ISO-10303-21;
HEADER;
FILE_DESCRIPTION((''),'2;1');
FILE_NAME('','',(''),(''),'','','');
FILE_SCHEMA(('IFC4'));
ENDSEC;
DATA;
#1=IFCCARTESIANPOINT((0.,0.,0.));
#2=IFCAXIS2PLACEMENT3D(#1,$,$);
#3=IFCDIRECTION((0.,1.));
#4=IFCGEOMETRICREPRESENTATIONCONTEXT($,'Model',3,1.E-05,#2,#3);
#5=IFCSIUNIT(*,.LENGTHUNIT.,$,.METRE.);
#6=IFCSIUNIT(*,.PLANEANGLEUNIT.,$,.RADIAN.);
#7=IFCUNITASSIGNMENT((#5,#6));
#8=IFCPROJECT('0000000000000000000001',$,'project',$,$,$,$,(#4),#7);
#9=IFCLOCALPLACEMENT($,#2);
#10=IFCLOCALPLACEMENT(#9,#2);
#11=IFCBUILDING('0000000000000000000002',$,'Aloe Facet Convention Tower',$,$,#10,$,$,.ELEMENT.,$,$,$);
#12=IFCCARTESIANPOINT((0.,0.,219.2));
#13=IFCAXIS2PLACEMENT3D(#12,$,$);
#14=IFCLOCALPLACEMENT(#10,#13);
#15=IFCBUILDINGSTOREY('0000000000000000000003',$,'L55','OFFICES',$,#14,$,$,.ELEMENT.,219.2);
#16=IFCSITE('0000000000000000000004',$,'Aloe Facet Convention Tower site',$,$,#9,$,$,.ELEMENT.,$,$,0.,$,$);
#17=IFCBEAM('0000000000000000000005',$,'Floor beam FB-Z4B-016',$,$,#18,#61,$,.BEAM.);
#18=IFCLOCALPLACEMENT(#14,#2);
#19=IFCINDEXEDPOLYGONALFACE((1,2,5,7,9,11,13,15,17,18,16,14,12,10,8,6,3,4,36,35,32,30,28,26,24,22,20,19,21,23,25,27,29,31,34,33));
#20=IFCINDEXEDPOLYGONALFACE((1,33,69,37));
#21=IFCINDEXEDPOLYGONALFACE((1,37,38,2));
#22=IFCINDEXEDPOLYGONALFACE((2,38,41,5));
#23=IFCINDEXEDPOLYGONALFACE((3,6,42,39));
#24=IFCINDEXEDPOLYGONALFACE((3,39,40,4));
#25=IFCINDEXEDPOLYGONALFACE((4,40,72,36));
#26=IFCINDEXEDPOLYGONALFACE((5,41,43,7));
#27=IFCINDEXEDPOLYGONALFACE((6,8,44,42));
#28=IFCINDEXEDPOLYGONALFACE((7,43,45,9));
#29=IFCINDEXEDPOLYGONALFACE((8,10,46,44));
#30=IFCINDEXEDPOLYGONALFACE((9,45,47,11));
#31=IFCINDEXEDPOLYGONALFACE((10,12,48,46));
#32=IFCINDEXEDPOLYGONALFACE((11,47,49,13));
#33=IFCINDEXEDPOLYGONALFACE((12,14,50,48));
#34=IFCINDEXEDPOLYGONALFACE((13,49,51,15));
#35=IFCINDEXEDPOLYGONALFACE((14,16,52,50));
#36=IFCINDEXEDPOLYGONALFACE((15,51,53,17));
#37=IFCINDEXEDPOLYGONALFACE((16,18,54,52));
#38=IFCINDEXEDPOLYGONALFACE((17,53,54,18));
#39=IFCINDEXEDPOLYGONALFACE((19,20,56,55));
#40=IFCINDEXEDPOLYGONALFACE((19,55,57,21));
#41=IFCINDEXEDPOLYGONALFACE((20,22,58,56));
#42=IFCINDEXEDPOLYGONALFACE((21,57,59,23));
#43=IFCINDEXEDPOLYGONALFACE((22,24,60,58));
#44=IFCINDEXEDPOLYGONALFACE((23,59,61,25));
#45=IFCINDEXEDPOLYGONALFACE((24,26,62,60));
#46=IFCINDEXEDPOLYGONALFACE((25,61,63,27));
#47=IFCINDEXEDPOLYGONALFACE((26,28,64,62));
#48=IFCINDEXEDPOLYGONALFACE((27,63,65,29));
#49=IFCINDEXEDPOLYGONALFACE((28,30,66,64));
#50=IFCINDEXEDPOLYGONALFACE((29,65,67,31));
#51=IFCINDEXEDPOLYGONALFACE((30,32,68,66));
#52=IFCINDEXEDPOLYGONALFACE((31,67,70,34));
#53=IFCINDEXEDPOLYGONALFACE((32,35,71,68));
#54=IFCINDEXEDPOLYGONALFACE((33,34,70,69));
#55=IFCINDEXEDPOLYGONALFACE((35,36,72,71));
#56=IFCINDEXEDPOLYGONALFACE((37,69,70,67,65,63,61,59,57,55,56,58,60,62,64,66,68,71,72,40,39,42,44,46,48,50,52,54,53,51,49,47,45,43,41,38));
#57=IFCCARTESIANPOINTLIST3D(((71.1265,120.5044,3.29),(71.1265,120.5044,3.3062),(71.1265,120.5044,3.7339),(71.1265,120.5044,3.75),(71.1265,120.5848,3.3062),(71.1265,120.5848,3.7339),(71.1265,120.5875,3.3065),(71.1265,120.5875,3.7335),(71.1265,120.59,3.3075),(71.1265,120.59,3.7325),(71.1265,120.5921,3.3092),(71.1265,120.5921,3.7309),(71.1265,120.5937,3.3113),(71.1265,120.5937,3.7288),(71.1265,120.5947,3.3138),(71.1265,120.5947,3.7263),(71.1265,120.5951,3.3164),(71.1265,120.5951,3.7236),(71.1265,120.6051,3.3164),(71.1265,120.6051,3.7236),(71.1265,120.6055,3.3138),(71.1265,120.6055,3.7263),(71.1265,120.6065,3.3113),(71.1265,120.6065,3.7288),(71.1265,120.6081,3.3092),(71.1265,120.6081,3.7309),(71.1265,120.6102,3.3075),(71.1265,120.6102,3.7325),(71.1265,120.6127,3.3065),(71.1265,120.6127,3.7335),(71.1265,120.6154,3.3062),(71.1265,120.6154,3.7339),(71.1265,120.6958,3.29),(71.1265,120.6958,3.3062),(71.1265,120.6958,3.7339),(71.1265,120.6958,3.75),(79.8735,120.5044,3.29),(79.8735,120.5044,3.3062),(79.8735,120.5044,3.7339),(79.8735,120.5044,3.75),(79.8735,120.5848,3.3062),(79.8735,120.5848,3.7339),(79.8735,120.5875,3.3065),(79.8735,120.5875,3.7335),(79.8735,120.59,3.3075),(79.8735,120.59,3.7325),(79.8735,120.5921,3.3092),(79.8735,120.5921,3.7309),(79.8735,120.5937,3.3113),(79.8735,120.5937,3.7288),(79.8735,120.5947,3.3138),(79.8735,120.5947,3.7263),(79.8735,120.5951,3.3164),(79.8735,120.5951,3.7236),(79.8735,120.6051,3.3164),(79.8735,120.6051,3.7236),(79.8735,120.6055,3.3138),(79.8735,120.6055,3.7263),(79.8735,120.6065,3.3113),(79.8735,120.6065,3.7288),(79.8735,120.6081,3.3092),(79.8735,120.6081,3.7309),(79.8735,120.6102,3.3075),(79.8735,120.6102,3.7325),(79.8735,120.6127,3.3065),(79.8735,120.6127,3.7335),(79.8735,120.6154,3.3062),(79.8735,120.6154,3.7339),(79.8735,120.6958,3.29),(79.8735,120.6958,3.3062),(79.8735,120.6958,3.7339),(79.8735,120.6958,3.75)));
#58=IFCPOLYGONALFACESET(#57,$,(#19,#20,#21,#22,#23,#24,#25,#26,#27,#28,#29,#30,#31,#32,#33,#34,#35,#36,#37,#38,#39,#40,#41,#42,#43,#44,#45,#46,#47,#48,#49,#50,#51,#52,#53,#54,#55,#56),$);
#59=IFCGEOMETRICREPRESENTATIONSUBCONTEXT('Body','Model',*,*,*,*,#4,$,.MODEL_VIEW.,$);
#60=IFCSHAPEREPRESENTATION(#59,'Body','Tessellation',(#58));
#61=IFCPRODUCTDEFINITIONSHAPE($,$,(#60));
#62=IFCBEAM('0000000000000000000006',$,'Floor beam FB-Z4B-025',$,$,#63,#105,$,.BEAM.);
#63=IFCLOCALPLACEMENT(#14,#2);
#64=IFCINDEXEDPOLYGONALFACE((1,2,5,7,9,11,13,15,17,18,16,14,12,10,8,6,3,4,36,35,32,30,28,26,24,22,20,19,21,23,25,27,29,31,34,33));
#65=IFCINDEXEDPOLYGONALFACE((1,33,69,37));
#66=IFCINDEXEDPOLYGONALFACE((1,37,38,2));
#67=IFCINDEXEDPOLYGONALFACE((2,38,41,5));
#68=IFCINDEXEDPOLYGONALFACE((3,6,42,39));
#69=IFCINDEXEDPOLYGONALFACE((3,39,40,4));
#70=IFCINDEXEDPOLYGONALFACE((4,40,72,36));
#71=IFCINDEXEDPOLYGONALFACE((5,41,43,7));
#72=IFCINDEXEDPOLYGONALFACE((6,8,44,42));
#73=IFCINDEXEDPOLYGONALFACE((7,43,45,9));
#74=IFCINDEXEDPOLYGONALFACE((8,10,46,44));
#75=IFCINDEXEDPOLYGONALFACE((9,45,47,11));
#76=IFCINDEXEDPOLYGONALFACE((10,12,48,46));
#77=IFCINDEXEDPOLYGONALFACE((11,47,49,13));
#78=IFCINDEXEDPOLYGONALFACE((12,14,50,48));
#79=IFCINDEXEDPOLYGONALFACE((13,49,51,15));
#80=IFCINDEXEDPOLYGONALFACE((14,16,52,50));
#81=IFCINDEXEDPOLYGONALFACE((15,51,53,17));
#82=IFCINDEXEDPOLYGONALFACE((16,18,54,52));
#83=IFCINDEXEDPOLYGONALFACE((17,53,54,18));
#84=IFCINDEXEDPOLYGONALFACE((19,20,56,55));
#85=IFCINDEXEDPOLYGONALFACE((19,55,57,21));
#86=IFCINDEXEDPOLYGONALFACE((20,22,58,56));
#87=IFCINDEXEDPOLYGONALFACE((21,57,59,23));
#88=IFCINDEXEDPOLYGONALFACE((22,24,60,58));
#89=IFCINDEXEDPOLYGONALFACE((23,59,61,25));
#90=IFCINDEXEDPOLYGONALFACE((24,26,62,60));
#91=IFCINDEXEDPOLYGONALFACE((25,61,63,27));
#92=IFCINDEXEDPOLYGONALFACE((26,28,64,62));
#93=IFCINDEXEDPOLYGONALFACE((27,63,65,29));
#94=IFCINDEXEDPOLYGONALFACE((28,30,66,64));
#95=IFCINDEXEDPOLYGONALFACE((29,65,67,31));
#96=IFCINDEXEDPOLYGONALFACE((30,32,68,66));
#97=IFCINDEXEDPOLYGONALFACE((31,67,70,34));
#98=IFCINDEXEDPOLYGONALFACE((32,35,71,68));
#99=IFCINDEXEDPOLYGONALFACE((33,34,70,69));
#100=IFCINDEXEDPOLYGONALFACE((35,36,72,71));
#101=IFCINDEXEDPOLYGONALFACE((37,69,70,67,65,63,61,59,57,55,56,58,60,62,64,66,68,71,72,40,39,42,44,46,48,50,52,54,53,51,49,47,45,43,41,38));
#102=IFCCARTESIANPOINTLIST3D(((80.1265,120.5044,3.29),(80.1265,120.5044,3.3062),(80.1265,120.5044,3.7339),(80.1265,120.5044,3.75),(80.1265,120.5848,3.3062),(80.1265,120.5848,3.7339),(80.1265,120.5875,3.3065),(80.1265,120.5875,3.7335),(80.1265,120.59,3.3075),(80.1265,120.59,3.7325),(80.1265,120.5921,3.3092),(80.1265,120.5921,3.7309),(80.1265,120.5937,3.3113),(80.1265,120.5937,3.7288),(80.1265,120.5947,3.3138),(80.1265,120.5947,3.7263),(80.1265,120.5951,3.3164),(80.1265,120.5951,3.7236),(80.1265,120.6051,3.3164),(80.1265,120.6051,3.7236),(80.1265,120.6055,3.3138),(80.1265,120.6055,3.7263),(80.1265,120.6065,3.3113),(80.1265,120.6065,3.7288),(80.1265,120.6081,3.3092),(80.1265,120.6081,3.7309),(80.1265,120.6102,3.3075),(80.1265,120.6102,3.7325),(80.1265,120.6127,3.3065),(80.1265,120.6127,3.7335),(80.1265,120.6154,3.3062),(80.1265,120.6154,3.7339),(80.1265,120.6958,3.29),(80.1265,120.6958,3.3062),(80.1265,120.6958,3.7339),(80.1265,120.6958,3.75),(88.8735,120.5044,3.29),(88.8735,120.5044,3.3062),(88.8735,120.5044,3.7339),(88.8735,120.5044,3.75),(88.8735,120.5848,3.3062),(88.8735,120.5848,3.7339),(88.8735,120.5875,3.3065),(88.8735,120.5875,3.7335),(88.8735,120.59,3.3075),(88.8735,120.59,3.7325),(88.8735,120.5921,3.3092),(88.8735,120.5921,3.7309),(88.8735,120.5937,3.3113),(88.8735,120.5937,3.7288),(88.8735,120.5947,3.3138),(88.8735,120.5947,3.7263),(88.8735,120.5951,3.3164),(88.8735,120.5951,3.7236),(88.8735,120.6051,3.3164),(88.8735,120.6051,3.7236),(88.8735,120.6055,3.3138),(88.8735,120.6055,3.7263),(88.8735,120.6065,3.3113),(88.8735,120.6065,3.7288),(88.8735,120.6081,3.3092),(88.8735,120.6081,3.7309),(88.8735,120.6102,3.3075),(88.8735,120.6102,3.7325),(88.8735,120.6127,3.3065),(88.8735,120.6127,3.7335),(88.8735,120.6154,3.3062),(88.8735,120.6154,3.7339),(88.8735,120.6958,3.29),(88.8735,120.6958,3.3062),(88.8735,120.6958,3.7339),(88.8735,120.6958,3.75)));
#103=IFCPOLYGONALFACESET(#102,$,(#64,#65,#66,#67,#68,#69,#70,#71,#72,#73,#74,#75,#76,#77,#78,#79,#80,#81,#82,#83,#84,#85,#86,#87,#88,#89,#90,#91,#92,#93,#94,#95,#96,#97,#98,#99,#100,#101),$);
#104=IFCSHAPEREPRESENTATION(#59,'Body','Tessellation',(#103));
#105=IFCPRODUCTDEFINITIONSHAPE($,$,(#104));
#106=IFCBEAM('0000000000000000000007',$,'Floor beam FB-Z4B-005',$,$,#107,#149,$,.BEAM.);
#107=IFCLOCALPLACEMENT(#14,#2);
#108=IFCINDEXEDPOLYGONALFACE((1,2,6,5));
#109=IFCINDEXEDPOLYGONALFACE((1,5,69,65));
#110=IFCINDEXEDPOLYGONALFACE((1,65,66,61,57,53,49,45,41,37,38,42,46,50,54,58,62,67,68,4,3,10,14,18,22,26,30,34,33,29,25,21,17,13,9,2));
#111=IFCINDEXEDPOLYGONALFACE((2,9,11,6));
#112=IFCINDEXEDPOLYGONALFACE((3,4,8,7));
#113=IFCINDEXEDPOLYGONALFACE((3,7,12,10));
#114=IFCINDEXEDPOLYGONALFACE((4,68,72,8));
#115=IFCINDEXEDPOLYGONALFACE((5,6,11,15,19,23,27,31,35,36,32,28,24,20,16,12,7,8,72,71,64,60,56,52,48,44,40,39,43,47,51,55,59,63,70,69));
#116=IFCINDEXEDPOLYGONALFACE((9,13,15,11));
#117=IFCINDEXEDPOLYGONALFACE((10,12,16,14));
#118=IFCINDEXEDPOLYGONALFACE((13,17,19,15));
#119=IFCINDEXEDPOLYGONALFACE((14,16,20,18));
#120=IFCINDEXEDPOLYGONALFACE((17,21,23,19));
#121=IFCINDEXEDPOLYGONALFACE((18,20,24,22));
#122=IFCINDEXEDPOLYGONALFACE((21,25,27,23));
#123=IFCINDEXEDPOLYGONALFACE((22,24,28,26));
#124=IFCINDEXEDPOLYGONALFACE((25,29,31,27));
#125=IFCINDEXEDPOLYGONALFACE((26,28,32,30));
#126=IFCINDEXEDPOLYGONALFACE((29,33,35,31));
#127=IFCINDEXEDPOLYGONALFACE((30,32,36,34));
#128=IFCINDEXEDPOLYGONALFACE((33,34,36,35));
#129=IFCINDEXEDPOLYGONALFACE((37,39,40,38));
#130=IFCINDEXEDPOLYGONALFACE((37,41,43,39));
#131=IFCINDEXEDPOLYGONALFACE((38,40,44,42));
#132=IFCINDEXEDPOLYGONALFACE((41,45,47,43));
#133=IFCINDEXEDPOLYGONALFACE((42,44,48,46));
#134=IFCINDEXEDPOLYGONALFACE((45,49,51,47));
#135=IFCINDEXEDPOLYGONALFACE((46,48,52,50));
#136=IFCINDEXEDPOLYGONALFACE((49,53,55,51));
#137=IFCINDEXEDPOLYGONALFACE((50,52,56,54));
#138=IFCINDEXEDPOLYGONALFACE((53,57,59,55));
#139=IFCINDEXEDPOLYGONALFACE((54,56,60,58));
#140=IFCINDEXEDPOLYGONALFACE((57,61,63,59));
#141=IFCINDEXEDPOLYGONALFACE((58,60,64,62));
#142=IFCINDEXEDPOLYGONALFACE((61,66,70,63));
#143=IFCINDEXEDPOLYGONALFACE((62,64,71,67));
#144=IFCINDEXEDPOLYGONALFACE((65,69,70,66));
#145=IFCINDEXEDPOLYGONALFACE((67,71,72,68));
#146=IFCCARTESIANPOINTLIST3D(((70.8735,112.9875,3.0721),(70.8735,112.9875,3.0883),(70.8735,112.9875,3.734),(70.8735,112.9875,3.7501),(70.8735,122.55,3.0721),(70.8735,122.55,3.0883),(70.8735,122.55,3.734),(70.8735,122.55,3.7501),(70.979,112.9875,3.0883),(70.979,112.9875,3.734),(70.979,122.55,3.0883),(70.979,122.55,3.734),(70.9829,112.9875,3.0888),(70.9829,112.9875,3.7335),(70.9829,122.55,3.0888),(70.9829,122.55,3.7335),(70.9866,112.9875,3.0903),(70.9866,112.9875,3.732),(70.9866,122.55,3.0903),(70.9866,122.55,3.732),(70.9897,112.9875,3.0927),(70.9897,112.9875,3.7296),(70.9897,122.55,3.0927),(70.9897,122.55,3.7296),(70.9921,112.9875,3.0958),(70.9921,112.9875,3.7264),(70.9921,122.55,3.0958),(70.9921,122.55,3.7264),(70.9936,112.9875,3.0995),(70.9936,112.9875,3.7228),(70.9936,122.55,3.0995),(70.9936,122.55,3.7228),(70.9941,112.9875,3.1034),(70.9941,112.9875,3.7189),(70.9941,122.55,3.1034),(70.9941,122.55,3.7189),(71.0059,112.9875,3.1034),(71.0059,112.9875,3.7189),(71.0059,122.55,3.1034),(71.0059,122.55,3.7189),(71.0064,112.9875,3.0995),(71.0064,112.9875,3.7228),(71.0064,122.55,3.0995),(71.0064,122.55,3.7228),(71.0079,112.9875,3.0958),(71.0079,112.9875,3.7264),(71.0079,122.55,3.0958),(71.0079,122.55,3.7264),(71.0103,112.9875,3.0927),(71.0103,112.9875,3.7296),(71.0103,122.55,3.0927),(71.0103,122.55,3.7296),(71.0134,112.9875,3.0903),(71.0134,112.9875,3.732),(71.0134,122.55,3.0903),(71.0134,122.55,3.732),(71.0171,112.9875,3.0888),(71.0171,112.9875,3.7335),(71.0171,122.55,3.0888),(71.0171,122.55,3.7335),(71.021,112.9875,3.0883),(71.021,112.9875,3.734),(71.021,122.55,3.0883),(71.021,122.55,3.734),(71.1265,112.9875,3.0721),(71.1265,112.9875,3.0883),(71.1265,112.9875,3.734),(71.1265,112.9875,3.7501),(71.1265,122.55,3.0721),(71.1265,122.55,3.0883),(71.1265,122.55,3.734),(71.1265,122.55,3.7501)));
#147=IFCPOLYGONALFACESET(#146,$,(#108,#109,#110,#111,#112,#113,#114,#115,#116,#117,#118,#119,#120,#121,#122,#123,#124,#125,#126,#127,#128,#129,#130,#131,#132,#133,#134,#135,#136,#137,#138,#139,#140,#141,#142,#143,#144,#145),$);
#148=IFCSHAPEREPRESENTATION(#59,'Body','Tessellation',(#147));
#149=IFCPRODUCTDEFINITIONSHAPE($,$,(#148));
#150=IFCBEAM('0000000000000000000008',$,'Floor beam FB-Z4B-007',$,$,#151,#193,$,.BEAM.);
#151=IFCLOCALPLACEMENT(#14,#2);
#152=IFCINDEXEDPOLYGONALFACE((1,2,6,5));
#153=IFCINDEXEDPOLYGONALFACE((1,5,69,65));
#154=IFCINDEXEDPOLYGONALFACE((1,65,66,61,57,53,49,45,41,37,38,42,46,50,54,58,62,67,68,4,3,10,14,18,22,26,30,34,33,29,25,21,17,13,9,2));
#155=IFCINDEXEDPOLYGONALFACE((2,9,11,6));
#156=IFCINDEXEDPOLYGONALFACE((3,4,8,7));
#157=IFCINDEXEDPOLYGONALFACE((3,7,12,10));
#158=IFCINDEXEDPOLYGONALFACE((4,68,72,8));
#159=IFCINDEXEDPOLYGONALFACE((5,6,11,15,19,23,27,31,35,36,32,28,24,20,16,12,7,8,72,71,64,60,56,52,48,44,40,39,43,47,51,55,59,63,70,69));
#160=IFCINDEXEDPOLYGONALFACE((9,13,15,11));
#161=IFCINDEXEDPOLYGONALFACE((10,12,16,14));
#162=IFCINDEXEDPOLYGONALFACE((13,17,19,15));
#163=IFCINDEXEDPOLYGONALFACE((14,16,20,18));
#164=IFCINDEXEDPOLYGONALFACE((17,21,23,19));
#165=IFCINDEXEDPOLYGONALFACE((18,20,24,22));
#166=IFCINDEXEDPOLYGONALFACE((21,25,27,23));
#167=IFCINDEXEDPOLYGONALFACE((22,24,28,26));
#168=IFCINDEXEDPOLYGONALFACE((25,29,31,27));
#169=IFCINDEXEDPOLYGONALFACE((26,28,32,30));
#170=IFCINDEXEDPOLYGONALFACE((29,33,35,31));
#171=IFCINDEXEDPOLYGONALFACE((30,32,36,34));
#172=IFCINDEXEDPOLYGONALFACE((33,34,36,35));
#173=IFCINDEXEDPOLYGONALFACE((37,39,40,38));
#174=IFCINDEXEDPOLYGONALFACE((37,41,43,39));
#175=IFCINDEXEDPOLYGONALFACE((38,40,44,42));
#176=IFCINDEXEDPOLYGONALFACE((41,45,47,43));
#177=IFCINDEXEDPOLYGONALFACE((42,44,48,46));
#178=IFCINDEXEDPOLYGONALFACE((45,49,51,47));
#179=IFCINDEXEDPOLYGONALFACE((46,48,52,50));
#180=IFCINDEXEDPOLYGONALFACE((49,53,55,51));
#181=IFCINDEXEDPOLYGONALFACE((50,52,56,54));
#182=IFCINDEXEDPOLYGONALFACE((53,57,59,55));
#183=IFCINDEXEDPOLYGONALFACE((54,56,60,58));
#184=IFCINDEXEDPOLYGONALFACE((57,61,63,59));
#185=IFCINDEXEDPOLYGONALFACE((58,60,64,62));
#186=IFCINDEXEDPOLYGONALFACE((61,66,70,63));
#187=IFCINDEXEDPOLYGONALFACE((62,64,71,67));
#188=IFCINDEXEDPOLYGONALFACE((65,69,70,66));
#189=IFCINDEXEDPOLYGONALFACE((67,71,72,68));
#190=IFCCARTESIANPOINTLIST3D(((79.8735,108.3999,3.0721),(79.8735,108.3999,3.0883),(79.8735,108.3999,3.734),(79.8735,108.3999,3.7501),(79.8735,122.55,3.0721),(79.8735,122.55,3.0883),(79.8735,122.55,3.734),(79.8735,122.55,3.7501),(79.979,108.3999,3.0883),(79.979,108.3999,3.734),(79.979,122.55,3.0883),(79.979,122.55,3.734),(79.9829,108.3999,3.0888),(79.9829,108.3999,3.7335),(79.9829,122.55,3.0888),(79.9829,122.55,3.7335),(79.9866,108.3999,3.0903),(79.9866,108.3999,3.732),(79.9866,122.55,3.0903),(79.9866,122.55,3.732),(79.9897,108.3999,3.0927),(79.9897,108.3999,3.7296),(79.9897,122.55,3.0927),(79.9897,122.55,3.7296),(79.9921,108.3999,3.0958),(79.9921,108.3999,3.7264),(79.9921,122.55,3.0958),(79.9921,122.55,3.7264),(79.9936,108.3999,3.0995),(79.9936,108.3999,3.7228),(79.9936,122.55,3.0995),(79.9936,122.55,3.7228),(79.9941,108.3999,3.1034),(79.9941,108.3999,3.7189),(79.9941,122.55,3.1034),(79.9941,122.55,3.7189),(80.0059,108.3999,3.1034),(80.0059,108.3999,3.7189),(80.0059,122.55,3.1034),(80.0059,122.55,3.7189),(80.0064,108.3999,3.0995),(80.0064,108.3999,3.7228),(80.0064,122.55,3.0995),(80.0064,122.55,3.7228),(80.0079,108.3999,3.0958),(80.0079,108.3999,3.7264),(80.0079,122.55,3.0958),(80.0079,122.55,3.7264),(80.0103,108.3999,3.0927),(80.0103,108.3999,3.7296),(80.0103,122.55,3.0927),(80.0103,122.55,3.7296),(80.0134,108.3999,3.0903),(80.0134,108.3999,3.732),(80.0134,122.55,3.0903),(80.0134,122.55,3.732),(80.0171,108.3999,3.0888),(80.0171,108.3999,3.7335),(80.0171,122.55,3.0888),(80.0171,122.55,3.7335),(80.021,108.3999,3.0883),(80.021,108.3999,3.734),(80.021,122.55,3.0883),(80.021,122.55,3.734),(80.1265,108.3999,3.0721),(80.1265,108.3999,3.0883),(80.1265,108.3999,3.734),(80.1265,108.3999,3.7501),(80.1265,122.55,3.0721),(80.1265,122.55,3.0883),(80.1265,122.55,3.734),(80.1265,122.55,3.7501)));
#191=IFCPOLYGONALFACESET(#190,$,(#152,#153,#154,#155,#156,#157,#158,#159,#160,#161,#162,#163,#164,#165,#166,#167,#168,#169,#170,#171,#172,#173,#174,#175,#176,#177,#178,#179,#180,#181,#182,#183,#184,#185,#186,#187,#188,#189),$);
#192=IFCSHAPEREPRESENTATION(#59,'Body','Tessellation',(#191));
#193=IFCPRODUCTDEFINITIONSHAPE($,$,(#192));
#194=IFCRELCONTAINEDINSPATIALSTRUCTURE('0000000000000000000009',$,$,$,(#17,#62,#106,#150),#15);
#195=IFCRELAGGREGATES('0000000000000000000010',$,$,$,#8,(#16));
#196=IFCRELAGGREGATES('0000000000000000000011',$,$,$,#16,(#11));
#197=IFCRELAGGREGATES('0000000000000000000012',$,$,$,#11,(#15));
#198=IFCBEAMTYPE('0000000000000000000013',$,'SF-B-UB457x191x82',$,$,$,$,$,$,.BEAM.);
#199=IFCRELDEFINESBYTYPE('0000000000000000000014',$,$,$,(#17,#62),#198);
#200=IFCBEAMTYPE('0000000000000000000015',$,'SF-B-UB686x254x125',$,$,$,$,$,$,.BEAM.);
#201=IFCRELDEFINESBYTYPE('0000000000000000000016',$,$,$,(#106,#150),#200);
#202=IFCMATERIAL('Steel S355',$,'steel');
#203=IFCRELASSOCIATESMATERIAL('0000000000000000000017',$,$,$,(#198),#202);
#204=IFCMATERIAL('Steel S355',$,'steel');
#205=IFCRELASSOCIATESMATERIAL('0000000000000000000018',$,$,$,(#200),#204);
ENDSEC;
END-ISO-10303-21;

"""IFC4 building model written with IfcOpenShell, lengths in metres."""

from ifc_helpers import new_model, si_unit, direction, frame, origin, origin_2d, place, context, subcontext, project, spatial, i_section, extrude, material, material_profile, profile_set, type_object, element, save


model = new_model("IFC4")

# Units and contexts
model_context = context("Model", 3, precision=1e-05, world=origin(), true_north=direction((0.0, 1.0)))
body_context = subcontext(model_context, "Body", "Model", "MODEL_VIEW")
ifc_project = project(units=[si_unit("LENGTHUNIT", "METRE"), si_unit("PLANEANGLEUNIT", "RADIAN")], contexts=[model_context])

# Site, building, storey
site_placement = place(None, origin())
site = spatial("IfcSite", under=ifc_project, at=site_placement, Name="Aloe Facet Convention Tower site", CompositionType="ELEMENT", RefElevation=0.0)
building_placement = place(site_placement, origin())
building = spatial("IfcBuilding", under=site, at=building_placement, Name="Aloe Facet Convention Tower", CompositionType="ELEMENT")
storey_placement = place(building_placement, frame((0.0, 0.0, 219.2)))
storey = spatial("IfcBuildingStorey", under=building, at=storey_placement, Name="L55", Description="OFFICES", CompositionType="ELEMENT", Elevation=219.2)

# Beams
ifc_material_1 = material(Name="Steel S355", Category="steel")
ifc_material_profile_1 = material_profile(ifc_material_1, i_section(OverallWidth=0.1914, OverallDepth=0.46, WebThickness=0.01, FlangeThickness=0.0161, FilletRadius=0.0103, at=origin_2d()), Name="UB 457x191x82")
ifc_profile_set_1 = profile_set([ifc_material_profile_1], Name="Steel S355")
beam_type_1 = type_object("IfcBeamType", Name="SF-B-UB457x191x82", PredefinedType="BEAM", material=ifc_profile_set_1)
for number, where, z_axis, x_axis, name in (
    (1, (71.1265, 120.6001, 3.52), (1.0, 0.0, 0.0), (0.0, 1.0, 0.0), "Floor beam FB-Z4B-016"),
    (2, (80.1265, 120.6001, 3.52), (1.0, 0.0, 0.0), (0.0, 1.0, 0.0), "Floor beam FB-Z4B-025"),
):
    element("IfcBeam", number, at=place(storey_placement, frame(where, z_axis=z_axis, x_axis=x_axis)), inside=storey, type_object=beam_type_1, Name=name, PredefinedType="BEAM", context=body_context, shape_type="SweptSolid", body=[
        extrude(i_section(OverallWidth=0.1914, OverallDepth=0.46, WebThickness=0.01, FlangeThickness=0.0161, FilletRadius=0.0103, at=origin_2d()), origin(), (0.0, 0.0, 1.0), 8.7471),
    ])
ifc_material_2 = material(Name="Steel S355", Category="steel")
ifc_material_profile_2 = material_profile(ifc_material_2, i_section(OverallWidth=0.2529, OverallDepth=0.678, WebThickness=0.0117, FlangeThickness=0.0161, FilletRadius=0.0151, at=origin_2d()), Name="UB 686x254x125")
ifc_profile_set_2 = profile_set([ifc_material_profile_2], Name="Steel S355")
beam_type_2 = type_object("IfcBeamType", Name="SF-B-UB686x254x125", PredefinedType="BEAM", material=ifc_profile_set_2)
beam_1_placement = place(storey_placement, frame((71.0, 122.55, 3.4111), z_axis=(0.0, -1.0, 0.0), x_axis=(1.0, 0.0, 0.0)))
element("IfcBeam", 3, at=beam_1_placement, inside=storey, type_object=beam_type_2, Name="Floor beam FB-Z4B-005", PredefinedType="BEAM", context=body_context, shape_type="SweptSolid", body=[
    extrude(i_section(OverallWidth=0.2529, OverallDepth=0.678, WebThickness=0.0117, FlangeThickness=0.0161, FilletRadius=0.0151, at=origin_2d()), origin(), (0.0, 0.0, 1.0), 9.5625),
])
beam_2_placement = place(storey_placement, frame((80.0, 122.55, 3.4111), z_axis=(0.0, -1.0, 0.0), x_axis=(1.0, 0.0, 0.0)))
element("IfcBeam", 4, at=beam_2_placement, inside=storey, type_object=beam_type_2, Name="Floor beam FB-Z4B-007", PredefinedType="BEAM", context=body_context, shape_type="SweptSolid", body=[
    extrude(i_section(OverallWidth=0.2529, OverallDepth=0.678, WebThickness=0.0117, FlangeThickness=0.0161, FilletRadius=0.0151, at=origin_2d()), origin(), (0.0, 0.0, 1.0), 14.1501),
])

save(model, "model.ifc")
